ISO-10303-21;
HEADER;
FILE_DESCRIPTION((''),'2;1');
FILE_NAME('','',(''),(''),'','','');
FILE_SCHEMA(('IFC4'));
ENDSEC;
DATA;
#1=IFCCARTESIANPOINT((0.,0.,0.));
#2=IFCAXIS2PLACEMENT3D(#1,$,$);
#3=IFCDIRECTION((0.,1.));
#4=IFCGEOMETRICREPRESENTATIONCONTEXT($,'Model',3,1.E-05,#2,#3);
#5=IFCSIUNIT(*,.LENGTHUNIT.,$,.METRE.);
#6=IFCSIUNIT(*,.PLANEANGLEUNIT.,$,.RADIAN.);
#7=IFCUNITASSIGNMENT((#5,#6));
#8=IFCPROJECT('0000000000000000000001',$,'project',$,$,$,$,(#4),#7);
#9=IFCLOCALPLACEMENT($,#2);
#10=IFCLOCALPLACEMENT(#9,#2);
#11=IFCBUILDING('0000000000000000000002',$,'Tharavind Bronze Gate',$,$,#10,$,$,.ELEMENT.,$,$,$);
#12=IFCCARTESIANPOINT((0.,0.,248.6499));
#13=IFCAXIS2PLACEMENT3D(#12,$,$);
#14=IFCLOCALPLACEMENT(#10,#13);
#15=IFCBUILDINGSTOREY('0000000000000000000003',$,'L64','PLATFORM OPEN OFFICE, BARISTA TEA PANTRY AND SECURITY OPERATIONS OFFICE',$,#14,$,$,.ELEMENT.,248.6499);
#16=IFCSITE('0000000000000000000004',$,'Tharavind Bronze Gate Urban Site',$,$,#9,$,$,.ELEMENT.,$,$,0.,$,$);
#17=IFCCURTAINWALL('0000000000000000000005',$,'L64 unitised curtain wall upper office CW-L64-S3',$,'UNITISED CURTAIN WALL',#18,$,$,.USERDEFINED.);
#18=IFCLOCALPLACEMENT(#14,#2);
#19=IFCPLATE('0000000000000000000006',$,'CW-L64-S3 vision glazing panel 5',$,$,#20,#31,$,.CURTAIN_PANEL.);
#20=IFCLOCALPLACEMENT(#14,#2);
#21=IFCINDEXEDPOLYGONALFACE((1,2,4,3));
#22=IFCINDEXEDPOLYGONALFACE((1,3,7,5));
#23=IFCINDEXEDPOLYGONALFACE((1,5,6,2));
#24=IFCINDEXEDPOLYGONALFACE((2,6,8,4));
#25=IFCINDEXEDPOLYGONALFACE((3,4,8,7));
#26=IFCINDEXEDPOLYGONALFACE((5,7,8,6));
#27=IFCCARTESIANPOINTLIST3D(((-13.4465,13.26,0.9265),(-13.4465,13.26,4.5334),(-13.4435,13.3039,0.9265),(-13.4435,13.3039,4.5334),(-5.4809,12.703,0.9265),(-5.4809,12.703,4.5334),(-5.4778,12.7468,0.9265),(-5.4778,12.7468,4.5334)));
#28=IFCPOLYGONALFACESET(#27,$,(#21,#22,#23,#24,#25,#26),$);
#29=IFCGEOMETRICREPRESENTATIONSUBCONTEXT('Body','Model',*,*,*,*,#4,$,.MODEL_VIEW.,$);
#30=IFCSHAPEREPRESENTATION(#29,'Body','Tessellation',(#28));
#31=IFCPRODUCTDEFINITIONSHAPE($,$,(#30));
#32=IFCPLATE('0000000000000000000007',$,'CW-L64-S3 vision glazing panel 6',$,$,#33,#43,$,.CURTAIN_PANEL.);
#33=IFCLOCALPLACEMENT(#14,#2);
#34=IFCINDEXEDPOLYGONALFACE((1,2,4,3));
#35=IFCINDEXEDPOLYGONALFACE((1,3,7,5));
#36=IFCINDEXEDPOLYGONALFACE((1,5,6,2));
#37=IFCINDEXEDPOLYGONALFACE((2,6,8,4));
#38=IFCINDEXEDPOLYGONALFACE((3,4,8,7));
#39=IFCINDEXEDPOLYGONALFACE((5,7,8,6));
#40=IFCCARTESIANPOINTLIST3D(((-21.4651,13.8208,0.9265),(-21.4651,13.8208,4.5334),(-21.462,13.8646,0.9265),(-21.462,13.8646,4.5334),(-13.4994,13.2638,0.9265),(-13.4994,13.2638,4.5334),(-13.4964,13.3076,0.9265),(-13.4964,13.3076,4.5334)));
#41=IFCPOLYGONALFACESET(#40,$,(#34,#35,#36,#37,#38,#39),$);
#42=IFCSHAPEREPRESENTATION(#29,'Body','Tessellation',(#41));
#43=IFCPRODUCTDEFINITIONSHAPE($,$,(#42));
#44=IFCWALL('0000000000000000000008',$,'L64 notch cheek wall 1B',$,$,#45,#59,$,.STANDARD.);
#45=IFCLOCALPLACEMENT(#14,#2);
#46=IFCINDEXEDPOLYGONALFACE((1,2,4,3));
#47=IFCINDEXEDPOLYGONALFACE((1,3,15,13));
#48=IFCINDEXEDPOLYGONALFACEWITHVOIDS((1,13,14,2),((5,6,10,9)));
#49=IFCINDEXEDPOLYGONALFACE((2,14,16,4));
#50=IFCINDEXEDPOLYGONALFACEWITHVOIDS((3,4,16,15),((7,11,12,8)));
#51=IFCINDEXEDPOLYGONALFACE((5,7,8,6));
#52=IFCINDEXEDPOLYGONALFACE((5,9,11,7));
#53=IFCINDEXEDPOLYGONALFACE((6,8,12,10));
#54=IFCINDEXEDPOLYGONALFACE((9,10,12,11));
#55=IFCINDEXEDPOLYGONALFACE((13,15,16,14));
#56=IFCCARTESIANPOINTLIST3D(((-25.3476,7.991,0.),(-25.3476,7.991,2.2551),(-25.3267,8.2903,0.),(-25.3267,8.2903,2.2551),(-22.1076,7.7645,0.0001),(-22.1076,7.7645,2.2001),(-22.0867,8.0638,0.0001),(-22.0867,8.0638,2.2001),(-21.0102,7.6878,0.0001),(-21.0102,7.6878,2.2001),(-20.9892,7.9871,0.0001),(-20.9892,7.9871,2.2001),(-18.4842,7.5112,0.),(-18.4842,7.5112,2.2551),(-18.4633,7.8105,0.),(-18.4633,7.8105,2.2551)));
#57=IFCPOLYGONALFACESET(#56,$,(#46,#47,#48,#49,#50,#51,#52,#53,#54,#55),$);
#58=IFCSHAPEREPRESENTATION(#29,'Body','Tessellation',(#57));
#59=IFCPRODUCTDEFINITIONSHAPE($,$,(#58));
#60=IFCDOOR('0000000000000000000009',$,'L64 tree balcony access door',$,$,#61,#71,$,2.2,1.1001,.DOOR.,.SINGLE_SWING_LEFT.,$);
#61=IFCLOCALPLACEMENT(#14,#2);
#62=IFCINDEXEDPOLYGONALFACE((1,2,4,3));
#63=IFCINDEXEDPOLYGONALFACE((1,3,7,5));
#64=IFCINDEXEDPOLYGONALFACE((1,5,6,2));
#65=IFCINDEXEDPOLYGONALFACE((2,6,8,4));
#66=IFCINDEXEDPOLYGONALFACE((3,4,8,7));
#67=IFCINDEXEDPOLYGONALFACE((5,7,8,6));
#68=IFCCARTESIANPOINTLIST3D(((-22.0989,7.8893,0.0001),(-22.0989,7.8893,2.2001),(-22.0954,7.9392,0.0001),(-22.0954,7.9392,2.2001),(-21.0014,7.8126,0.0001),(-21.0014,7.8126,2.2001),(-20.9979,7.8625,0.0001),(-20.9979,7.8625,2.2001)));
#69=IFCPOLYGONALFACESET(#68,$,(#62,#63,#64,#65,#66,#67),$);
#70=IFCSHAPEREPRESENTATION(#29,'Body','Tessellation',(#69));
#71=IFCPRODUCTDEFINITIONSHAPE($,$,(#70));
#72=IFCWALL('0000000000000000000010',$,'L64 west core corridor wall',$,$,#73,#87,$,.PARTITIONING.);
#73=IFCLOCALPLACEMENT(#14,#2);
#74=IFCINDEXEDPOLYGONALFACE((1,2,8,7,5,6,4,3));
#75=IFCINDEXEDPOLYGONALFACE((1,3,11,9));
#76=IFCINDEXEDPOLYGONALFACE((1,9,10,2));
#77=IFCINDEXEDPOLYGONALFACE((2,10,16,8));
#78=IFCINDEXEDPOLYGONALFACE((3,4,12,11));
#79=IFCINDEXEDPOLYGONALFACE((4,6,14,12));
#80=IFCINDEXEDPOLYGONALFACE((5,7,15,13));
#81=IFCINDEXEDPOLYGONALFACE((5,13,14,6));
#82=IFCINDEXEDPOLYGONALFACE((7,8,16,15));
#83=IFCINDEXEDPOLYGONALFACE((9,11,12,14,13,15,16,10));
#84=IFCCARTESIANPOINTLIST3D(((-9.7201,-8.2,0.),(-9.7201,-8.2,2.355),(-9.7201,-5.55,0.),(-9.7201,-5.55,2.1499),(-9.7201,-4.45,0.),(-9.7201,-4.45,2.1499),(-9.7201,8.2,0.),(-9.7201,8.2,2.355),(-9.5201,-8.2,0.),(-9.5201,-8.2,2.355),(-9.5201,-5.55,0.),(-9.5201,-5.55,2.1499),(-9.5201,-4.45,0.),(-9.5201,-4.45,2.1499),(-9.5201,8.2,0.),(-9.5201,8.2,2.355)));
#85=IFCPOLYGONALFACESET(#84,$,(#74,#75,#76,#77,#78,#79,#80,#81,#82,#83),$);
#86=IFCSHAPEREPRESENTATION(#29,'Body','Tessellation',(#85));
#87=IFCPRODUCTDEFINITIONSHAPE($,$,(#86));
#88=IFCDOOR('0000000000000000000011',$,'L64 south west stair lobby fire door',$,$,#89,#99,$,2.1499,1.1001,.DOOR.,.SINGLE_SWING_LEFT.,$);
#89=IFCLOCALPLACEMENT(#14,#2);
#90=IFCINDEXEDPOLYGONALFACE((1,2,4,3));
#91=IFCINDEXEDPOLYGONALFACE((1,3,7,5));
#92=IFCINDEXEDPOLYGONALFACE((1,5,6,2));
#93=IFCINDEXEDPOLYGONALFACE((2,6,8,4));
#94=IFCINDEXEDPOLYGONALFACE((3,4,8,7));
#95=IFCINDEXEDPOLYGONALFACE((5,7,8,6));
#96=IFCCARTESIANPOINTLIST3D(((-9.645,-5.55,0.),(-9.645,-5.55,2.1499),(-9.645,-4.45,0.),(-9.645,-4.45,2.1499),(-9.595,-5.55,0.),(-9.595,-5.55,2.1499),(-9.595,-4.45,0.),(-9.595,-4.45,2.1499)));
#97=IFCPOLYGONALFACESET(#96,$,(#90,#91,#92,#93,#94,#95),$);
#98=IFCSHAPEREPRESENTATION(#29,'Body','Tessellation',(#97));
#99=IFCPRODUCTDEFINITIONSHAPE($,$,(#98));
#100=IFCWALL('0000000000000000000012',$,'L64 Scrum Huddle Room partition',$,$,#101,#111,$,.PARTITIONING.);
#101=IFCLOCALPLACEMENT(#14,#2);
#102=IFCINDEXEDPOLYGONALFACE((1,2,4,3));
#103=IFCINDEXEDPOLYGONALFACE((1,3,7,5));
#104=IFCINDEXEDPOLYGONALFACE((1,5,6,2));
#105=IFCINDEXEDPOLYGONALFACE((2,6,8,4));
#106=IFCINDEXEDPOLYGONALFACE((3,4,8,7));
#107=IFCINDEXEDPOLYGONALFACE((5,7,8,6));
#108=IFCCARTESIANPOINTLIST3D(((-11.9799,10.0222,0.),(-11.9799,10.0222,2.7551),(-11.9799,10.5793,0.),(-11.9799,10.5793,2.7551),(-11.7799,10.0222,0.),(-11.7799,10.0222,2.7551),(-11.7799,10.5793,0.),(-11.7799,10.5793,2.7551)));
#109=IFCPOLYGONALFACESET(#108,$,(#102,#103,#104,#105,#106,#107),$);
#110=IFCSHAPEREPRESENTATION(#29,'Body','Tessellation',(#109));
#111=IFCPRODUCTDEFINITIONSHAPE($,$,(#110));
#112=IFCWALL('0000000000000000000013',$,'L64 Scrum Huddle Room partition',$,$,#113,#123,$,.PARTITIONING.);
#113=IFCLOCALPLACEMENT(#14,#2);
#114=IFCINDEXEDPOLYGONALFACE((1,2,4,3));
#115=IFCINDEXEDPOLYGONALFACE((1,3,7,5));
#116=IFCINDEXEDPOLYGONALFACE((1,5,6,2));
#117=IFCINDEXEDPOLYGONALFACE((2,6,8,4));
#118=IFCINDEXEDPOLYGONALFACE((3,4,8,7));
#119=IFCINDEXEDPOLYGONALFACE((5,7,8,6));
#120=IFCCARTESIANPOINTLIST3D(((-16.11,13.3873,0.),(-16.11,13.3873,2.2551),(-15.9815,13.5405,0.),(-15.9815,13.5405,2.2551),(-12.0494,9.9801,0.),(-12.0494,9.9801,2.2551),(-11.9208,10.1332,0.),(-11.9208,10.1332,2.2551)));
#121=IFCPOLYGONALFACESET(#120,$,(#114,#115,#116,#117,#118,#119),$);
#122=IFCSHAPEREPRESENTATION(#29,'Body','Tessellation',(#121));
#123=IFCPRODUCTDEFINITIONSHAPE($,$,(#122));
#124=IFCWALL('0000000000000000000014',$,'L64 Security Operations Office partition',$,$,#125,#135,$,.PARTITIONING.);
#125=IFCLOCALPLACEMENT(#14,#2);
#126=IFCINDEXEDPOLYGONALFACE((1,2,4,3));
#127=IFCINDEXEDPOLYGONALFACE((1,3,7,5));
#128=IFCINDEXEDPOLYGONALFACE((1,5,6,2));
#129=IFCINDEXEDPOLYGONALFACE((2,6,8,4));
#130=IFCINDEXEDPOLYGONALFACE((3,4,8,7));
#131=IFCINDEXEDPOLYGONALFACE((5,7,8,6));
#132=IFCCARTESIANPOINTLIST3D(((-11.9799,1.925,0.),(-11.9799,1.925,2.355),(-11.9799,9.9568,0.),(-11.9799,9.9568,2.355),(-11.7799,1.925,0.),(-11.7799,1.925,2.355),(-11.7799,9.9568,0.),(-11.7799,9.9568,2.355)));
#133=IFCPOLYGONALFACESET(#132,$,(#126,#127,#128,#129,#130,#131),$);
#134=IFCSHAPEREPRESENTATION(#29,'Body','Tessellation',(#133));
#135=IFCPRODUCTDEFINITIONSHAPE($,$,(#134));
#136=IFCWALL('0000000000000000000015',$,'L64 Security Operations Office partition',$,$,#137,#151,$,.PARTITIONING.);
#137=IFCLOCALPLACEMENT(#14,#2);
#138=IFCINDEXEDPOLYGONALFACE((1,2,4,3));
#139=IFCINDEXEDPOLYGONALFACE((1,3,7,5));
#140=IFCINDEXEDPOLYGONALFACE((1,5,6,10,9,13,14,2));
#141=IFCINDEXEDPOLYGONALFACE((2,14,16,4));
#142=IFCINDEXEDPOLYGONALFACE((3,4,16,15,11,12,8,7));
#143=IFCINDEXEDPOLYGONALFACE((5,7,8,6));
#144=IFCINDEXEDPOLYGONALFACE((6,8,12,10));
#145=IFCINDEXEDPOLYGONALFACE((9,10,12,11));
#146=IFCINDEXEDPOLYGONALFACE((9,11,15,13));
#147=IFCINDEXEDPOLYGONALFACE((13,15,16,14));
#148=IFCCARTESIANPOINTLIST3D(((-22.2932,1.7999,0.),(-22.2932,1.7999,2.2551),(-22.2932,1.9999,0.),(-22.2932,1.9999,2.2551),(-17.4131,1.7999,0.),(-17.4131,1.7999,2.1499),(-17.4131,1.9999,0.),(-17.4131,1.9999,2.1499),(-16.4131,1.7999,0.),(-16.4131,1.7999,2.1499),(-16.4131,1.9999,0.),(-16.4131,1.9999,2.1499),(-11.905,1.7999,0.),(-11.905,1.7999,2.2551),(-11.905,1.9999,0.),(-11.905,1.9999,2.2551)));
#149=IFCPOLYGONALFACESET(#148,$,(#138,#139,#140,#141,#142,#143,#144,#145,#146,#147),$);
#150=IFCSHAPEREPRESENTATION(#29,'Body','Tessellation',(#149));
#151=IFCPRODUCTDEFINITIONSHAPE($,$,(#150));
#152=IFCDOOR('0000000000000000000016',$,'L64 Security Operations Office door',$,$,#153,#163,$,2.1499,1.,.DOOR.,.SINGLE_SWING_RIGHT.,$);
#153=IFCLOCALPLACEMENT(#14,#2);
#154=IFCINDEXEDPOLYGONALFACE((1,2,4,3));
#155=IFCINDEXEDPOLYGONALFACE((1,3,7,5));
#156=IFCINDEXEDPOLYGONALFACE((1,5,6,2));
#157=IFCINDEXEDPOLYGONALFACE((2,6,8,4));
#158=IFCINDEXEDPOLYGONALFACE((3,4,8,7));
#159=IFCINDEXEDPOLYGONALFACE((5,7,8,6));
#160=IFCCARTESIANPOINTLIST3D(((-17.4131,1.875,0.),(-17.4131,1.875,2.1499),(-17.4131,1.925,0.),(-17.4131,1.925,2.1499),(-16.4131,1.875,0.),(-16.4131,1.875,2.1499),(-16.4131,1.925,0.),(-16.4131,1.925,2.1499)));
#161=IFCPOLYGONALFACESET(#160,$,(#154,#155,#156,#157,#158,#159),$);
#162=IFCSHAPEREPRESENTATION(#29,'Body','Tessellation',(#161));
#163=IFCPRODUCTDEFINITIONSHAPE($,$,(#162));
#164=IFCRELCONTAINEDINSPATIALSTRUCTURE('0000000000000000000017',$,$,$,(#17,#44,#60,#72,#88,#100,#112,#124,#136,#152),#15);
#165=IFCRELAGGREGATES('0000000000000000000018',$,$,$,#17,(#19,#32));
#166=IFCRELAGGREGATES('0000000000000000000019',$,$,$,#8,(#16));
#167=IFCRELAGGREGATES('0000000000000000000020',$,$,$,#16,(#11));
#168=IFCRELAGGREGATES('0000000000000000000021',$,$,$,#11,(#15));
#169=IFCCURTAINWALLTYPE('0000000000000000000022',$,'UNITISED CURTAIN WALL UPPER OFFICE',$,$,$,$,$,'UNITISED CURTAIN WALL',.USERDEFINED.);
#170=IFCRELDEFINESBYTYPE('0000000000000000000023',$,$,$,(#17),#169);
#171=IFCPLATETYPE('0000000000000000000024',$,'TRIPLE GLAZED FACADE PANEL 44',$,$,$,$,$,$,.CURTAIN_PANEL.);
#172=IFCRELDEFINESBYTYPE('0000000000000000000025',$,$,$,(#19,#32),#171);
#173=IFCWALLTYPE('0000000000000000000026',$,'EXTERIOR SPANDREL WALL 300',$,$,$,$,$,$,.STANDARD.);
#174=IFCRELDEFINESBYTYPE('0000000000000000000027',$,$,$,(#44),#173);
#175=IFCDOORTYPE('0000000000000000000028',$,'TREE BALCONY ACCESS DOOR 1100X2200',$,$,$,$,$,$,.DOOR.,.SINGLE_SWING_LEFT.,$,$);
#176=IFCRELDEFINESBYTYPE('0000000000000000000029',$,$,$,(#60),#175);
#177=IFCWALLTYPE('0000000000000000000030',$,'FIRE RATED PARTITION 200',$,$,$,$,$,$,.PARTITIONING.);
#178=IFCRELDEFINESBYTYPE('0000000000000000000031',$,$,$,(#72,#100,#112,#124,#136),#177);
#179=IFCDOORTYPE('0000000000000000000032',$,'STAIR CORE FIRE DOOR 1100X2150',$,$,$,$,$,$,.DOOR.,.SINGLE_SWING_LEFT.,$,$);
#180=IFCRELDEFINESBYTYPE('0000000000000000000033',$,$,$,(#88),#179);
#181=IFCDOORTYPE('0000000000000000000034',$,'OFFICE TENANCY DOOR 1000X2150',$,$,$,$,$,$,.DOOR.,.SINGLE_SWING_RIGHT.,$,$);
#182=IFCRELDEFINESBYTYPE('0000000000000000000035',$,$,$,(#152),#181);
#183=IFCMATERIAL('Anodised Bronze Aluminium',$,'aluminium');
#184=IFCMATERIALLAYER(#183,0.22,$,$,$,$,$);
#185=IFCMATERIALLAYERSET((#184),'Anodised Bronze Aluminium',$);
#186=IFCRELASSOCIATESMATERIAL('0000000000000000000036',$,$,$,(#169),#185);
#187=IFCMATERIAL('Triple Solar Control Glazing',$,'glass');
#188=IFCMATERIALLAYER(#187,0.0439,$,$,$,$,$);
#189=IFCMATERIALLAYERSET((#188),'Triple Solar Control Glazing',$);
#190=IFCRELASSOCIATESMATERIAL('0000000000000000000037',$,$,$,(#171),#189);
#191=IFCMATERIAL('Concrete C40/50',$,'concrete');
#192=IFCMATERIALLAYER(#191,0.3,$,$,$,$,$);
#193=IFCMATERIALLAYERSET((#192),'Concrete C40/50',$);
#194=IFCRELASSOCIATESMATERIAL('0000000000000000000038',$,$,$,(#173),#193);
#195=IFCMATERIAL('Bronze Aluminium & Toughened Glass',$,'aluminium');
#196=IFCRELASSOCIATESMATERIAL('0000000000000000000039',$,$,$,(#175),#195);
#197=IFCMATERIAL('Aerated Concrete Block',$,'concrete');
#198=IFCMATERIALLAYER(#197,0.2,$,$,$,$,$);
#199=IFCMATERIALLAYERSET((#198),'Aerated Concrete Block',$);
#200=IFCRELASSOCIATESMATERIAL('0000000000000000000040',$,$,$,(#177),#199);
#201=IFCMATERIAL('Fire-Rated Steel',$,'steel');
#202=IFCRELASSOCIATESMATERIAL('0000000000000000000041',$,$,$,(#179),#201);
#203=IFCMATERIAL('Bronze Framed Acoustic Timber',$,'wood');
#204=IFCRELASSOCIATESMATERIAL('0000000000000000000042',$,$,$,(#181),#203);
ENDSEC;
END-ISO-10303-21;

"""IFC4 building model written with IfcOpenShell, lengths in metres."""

from ifc_helpers import new_model, si_unit, direction, frame, frame_2d, origin, origin_2d, place, context, subcontext, project, spatial, rectangle, extrude, material, layer, layer_set, type_object, element, fill, aggregate, save


model = new_model("IFC4")

# Units and contexts
model_context = context("Model", 3, precision=1e-05, world=origin(), true_north=direction((0.0, 1.0)))
body_context = subcontext(model_context, "Body", "Model", "MODEL_VIEW")
ifc_project = project(units=[si_unit("LENGTHUNIT", "METRE"), si_unit("PLANEANGLEUNIT", "RADIAN")], contexts=[model_context])

# Site, building, storey
site_placement = place(None, origin())
site = spatial("IfcSite", under=ifc_project, at=site_placement, Name="Tharavind Bronze Gate Urban Site", CompositionType="ELEMENT", RefElevation=0.0)
building_placement = place(site_placement, origin())
building = spatial("IfcBuilding", under=site, at=building_placement, Name="Tharavind Bronze Gate", CompositionType="ELEMENT")
storey_placement = place(building_placement, frame((0.0, 0.0, 248.6499)))
storey = spatial("IfcBuildingStorey", under=building, at=storey_placement, Name="L64", Description="PLATFORM OPEN OFFICE, BARISTA TEA PANTRY AND SECURITY OPERATIONS OFFICE", CompositionType="ELEMENT", Elevation=248.6499)

# Curtain wall
ifc_material_1 = material(Name="Anodised Bronze Aluminium", Category="aluminium")
ifc_layer_1 = layer(ifc_material_1, 0.22)
ifc_layer_set_1 = layer_set([ifc_layer_1], Name="Anodised Bronze Aluminium")
curtain_wall_type = type_object("IfcCurtainWallType", Name="UNITISED CURTAIN WALL UPPER OFFICE", ElementType="UNITISED CURTAIN WALL", PredefinedType="USERDEFINED", material=ifc_layer_set_1)
curtain_wall_placement = place(storey_placement, origin())
curtain_wall = element("IfcCurtainWall", 1, at=curtain_wall_placement, inside=storey, type_object=curtain_wall_type, Name="L64 unitised curtain wall upper office CW-L64-S3", ObjectType="UNITISED CURTAIN WALL", PredefinedType="USERDEFINED")

# Plates
ifc_material_2 = material(Name="Triple Solar Control Glazing", Category="glass")
ifc_layer_2 = layer(ifc_material_2, 0.0439)
ifc_layer_set_2 = layer_set([ifc_layer_2], Name="Triple Solar Control Glazing")
plate_type_1 = type_object("IfcPlateType", Name="TRIPLE GLAZED FACADE PANEL 44", PredefinedType="CURTAIN_PANEL", material=ifc_layer_set_2)
plate_1_placement = place(storey_placement, frame((-9.4622, 13.0034, 0.9265), z_axis=(0.0, 0.0, 1.0), x_axis=(-0.997564, 0.069758, 0.0)))
plate_1 = element("IfcPlate", 2, at=plate_1_placement, type_object=plate_type_1, Name="CW-L64-S3 vision glazing panel 5", PredefinedType="CURTAIN_PANEL", context=body_context, shape_type="SweptSolid", body=[
    extrude(rectangle(XDim=7.9851, YDim=0.0439, at=origin_2d()), origin(), (0.0, 0.0, 1.0), 3.6069),
])
plate_2_placement = place(storey_placement, frame((-17.4807, 13.5642, 0.9265), z_axis=(0.0, 0.0, 1.0), x_axis=(-0.997564, 0.069758, 0.0)))
plate_2 = element("IfcPlate", 3, at=plate_2_placement, type_object=plate_type_1, Name="CW-L64-S3 vision glazing panel 6", PredefinedType="CURTAIN_PANEL", context=body_context, shape_type="SweptSolid", body=[
    extrude(rectangle(XDim=7.9851, YDim=0.0439, at=origin_2d()), origin(), (0.0, 0.0, 1.0), 3.6069),
])
aggregate(curtain_wall, [plate_1, plate_2])

# Walls, openings, doors
ifc_material_3 = material(Name="Concrete C40/50", Category="concrete")
ifc_layer_3 = layer(ifc_material_3, 0.3)
ifc_layer_set_3 = layer_set([ifc_layer_3], Name="Concrete C40/50")
wall_type_1 = type_object("IfcWallType", Name="EXTERIOR SPANDREL WALL 300", PredefinedType="STANDARD", material=ifc_layer_set_3)
wall_1_placement = place(storey_placement, frame((-18.4739, 7.6609, 0.0), z_axis=(0.0, 0.0, 1.0), x_axis=(-0.997566, 0.069729, 0.0)))
wall_1 = element("IfcWall", 4, at=wall_1_placement, inside=storey, type_object=wall_type_1, Name="L64 notch cheek wall 1B", PredefinedType="STANDARD", context=body_context, shape_type="SweptSolid", body=[
    extrude(rectangle(XDim=6.8801, YDim=0.3, at=frame_2d((3.4399, 0.0))), origin(), (0.0, 0.0, 1.0), 2.2551),
])
opening_1_placement = place(wall_1_placement, frame((2.532, 0.0, 0.0)))
opening_1 = element("IfcOpeningElement", 5, at=opening_1_placement, cuts=wall_1, PredefinedType="OPENING", context=body_context, shape_type="SweptSolid", body=[
    extrude(rectangle(XDim=1.1001, YDim=2.2, at=frame_2d((0.55, 1.1001))), frame((0.0, 0.1599, 0.0), z_axis=(0.0, -1.0, 0.0), x_axis=(1.0, 0.0, 0.0)), (0.0, 0.0, 1.0), 0.32),
])
ifc_material_4 = material(Name="Bronze Aluminium & Toughened Glass", Category="aluminium")
door_type_1 = type_object("IfcDoorType", Name="TREE BALCONY ACCESS DOOR 1100X2200", OperationType="SINGLE_SWING_LEFT", PredefinedType="DOOR", material=ifc_material_4)
door_1_placement = place(opening_1_placement, origin())
door_1 = element("IfcDoor", 6, at=door_1_placement, inside=storey, type_object=door_type_1, Name="L64 tree balcony access door", OperationType="SINGLE_SWING_LEFT", OverallHeight=2.2, OverallWidth=1.1001, PredefinedType="DOOR", context=body_context, shape_type="SweptSolid", body=[
    extrude(rectangle(XDim=1.1001, YDim=2.2, at=frame_2d((0.55, 1.1001))), frame((0.0, 0.0249, 0.0), z_axis=(0.0, -1.0, 0.0), x_axis=(1.0, 0.0, 0.0)), (0.0, 0.0, 1.0), 0.05),
])
fill(opening_1, door_1)
ifc_material_5 = material(Name="Aerated Concrete Block", Category="concrete")
ifc_layer_4 = layer(ifc_material_5, 0.2)
ifc_layer_set_4 = layer_set([ifc_layer_4], Name="Aerated Concrete Block")
wall_type_2 = type_object("IfcWallType", Name="FIRE RATED PARTITION 200", PredefinedType="PARTITIONING", material=ifc_layer_set_4)
wall_2_placement = place(storey_placement, frame((-9.6201, 8.2, 0.0), z_axis=(0.0, 0.0, 1.0), x_axis=(0.0, -1.0, 0.0)))
wall_2 = element("IfcWall", 7, at=wall_2_placement, inside=storey, type_object=wall_type_2, Name="L64 west core corridor wall", PredefinedType="PARTITIONING", context=body_context, shape_type="SweptSolid", body=[
    extrude(rectangle(XDim=16.3999, YDim=0.2, at=frame_2d((8.2, 0.0))), origin(), (0.0, 0.0, 1.0), 2.355),
])
opening_2_placement = place(wall_2_placement, frame((12.6499, 0.0, 0.0)))
opening_2 = element("IfcOpeningElement", 8, at=opening_2_placement, cuts=wall_2, PredefinedType="OPENING", context=body_context, shape_type="SweptSolid", body=[
    extrude(rectangle(XDim=1.1001, YDim=2.1499, at=frame_2d((0.55, 1.075))), frame((0.0, 0.1101, 0.0), z_axis=(0.0, -1.0, 0.0), x_axis=(1.0, 0.0, 0.0)), (0.0, 0.0, 1.0), 0.22),
])
ifc_material_6 = material(Name="Fire-Rated Steel", Category="steel")
door_type_2 = type_object("IfcDoorType", Name="STAIR CORE FIRE DOOR 1100X2150", OperationType="SINGLE_SWING_LEFT", PredefinedType="DOOR", material=ifc_material_6)
door_2_placement = place(opening_2_placement, frame((1.1001, 0.0, 0.0), z_axis=(0.0, 0.0, 1.0), x_axis=(-1.0, 0.0, 0.0)))
door_2 = element("IfcDoor", 9, at=door_2_placement, inside=storey, type_object=door_type_2, Name="L64 south west stair lobby fire door", OperationType="SINGLE_SWING_LEFT", OverallHeight=2.1499, OverallWidth=1.1001, PredefinedType="DOOR", context=body_context, shape_type="SweptSolid", body=[
    extrude(rectangle(XDim=1.1001, YDim=2.1499, at=frame_2d((0.55, 1.075))), frame((0.0, 0.0249, 0.0), z_axis=(0.0, -1.0, 0.0), x_axis=(1.0, 0.0, 0.0)), (0.0, 0.0, 1.0), 0.05),
])
fill(opening_2, door_2)

# Walls
wall_3_placement = place(storey_placement, frame((-11.8799, 10.5793, 0.0), z_axis=(0.0, 0.0, 1.0), x_axis=(0.0, -1.0, 0.0)))
element("IfcWall", 10, at=wall_3_placement, inside=storey, type_object=wall_type_2, Name="L64 Scrum Huddle Room partition", PredefinedType="PARTITIONING", context=body_context, shape_type="SweptSolid", body=[
    extrude(rectangle(XDim=0.5571, YDim=0.2, at=frame_2d((0.2786, 0.0))), origin(), (0.0, 0.0, 1.0), 2.7551),
])
wall_4_placement = place(storey_placement, frame((-11.9851, 10.0566, 0.0), z_axis=(0.0, 0.0, 1.0), x_axis=(-0.766042, 0.64279, 0.0)))
element("IfcWall", 11, at=wall_4_placement, inside=storey, type_object=wall_type_2, Name="L64 Scrum Huddle Room partition", PredefinedType="PARTITIONING", context=body_context, shape_type="SweptSolid", body=[
    extrude(rectangle(XDim=5.3008, YDim=0.2, at=frame_2d((2.6504, 0.0))), origin(), (0.0, 0.0, 1.0), 2.2551),
])
wall_5_placement = place(storey_placement, frame((-11.8799, 9.9568, 0.0), z_axis=(0.0, 0.0, 1.0), x_axis=(0.0, -1.0, 0.0)))
element("IfcWall", 12, at=wall_5_placement, inside=storey, type_object=wall_type_2, Name="L64 Security Operations Office partition", PredefinedType="PARTITIONING", context=body_context, shape_type="SweptSolid", body=[
    extrude(rectangle(XDim=8.0317, YDim=0.2, at=frame_2d((4.0159, 0.0))), origin(), (0.0, 0.0, 1.0), 2.355),
])

# Wall, opening, door
wall_6_placement = place(storey_placement, frame((-11.905, 1.8999, 0.0), z_axis=(0.0, 0.0, 1.0), x_axis=(-1.0, 0.0, 0.0)))
wall_6 = element("IfcWall", 13, at=wall_6_placement, inside=storey, type_object=wall_type_2, Name="L64 Security Operations Office partition", PredefinedType="PARTITIONING", context=body_context, shape_type="SweptSolid", body=[
    extrude(rectangle(XDim=10.3882, YDim=0.2, at=frame_2d((5.1941, 0.0))), origin(), (0.0, 0.0, 1.0), 2.2551),
])
opening_3_placement = place(wall_6_placement, frame((4.5081, 0.0, 0.0)))
opening_3 = element("IfcOpeningElement", 14, at=opening_3_placement, cuts=wall_6, PredefinedType="OPENING", context=body_context, shape_type="SweptSolid", body=[
    extrude(rectangle(XDim=1.0, YDim=2.1499, at=frame_2d((0.5, 1.075))), frame((0.0, 0.1101, 0.0), z_axis=(0.0, -1.0, 0.0), x_axis=(1.0, 0.0, 0.0)), (0.0, 0.0, 1.0), 0.22),
])
ifc_material_7 = material(Name="Bronze Framed Acoustic Timber", Category="wood")
door_type_3 = type_object("IfcDoorType", Name="OFFICE TENANCY DOOR 1000X2150", OperationType="SINGLE_SWING_RIGHT", PredefinedType="DOOR", material=ifc_material_7)
door_3_placement = place(opening_3_placement, origin())
door_3 = element("IfcDoor", 15, at=door_3_placement, inside=storey, type_object=door_type_3, Name="L64 Security Operations Office door", OperationType="SINGLE_SWING_RIGHT", OverallHeight=2.1499, OverallWidth=1.0, PredefinedType="DOOR", context=body_context, shape_type="SweptSolid", body=[
    extrude(rectangle(XDim=1.0, YDim=2.1499, at=frame_2d((0.5, 1.075))), frame((0.0, 0.0249, 0.0), z_axis=(0.0, -1.0, 0.0), x_axis=(1.0, 0.0, 0.0)), (0.0, 0.0, 1.0), 0.05),
])
fill(opening_3, door_3)

save(model, "model.ifc")
